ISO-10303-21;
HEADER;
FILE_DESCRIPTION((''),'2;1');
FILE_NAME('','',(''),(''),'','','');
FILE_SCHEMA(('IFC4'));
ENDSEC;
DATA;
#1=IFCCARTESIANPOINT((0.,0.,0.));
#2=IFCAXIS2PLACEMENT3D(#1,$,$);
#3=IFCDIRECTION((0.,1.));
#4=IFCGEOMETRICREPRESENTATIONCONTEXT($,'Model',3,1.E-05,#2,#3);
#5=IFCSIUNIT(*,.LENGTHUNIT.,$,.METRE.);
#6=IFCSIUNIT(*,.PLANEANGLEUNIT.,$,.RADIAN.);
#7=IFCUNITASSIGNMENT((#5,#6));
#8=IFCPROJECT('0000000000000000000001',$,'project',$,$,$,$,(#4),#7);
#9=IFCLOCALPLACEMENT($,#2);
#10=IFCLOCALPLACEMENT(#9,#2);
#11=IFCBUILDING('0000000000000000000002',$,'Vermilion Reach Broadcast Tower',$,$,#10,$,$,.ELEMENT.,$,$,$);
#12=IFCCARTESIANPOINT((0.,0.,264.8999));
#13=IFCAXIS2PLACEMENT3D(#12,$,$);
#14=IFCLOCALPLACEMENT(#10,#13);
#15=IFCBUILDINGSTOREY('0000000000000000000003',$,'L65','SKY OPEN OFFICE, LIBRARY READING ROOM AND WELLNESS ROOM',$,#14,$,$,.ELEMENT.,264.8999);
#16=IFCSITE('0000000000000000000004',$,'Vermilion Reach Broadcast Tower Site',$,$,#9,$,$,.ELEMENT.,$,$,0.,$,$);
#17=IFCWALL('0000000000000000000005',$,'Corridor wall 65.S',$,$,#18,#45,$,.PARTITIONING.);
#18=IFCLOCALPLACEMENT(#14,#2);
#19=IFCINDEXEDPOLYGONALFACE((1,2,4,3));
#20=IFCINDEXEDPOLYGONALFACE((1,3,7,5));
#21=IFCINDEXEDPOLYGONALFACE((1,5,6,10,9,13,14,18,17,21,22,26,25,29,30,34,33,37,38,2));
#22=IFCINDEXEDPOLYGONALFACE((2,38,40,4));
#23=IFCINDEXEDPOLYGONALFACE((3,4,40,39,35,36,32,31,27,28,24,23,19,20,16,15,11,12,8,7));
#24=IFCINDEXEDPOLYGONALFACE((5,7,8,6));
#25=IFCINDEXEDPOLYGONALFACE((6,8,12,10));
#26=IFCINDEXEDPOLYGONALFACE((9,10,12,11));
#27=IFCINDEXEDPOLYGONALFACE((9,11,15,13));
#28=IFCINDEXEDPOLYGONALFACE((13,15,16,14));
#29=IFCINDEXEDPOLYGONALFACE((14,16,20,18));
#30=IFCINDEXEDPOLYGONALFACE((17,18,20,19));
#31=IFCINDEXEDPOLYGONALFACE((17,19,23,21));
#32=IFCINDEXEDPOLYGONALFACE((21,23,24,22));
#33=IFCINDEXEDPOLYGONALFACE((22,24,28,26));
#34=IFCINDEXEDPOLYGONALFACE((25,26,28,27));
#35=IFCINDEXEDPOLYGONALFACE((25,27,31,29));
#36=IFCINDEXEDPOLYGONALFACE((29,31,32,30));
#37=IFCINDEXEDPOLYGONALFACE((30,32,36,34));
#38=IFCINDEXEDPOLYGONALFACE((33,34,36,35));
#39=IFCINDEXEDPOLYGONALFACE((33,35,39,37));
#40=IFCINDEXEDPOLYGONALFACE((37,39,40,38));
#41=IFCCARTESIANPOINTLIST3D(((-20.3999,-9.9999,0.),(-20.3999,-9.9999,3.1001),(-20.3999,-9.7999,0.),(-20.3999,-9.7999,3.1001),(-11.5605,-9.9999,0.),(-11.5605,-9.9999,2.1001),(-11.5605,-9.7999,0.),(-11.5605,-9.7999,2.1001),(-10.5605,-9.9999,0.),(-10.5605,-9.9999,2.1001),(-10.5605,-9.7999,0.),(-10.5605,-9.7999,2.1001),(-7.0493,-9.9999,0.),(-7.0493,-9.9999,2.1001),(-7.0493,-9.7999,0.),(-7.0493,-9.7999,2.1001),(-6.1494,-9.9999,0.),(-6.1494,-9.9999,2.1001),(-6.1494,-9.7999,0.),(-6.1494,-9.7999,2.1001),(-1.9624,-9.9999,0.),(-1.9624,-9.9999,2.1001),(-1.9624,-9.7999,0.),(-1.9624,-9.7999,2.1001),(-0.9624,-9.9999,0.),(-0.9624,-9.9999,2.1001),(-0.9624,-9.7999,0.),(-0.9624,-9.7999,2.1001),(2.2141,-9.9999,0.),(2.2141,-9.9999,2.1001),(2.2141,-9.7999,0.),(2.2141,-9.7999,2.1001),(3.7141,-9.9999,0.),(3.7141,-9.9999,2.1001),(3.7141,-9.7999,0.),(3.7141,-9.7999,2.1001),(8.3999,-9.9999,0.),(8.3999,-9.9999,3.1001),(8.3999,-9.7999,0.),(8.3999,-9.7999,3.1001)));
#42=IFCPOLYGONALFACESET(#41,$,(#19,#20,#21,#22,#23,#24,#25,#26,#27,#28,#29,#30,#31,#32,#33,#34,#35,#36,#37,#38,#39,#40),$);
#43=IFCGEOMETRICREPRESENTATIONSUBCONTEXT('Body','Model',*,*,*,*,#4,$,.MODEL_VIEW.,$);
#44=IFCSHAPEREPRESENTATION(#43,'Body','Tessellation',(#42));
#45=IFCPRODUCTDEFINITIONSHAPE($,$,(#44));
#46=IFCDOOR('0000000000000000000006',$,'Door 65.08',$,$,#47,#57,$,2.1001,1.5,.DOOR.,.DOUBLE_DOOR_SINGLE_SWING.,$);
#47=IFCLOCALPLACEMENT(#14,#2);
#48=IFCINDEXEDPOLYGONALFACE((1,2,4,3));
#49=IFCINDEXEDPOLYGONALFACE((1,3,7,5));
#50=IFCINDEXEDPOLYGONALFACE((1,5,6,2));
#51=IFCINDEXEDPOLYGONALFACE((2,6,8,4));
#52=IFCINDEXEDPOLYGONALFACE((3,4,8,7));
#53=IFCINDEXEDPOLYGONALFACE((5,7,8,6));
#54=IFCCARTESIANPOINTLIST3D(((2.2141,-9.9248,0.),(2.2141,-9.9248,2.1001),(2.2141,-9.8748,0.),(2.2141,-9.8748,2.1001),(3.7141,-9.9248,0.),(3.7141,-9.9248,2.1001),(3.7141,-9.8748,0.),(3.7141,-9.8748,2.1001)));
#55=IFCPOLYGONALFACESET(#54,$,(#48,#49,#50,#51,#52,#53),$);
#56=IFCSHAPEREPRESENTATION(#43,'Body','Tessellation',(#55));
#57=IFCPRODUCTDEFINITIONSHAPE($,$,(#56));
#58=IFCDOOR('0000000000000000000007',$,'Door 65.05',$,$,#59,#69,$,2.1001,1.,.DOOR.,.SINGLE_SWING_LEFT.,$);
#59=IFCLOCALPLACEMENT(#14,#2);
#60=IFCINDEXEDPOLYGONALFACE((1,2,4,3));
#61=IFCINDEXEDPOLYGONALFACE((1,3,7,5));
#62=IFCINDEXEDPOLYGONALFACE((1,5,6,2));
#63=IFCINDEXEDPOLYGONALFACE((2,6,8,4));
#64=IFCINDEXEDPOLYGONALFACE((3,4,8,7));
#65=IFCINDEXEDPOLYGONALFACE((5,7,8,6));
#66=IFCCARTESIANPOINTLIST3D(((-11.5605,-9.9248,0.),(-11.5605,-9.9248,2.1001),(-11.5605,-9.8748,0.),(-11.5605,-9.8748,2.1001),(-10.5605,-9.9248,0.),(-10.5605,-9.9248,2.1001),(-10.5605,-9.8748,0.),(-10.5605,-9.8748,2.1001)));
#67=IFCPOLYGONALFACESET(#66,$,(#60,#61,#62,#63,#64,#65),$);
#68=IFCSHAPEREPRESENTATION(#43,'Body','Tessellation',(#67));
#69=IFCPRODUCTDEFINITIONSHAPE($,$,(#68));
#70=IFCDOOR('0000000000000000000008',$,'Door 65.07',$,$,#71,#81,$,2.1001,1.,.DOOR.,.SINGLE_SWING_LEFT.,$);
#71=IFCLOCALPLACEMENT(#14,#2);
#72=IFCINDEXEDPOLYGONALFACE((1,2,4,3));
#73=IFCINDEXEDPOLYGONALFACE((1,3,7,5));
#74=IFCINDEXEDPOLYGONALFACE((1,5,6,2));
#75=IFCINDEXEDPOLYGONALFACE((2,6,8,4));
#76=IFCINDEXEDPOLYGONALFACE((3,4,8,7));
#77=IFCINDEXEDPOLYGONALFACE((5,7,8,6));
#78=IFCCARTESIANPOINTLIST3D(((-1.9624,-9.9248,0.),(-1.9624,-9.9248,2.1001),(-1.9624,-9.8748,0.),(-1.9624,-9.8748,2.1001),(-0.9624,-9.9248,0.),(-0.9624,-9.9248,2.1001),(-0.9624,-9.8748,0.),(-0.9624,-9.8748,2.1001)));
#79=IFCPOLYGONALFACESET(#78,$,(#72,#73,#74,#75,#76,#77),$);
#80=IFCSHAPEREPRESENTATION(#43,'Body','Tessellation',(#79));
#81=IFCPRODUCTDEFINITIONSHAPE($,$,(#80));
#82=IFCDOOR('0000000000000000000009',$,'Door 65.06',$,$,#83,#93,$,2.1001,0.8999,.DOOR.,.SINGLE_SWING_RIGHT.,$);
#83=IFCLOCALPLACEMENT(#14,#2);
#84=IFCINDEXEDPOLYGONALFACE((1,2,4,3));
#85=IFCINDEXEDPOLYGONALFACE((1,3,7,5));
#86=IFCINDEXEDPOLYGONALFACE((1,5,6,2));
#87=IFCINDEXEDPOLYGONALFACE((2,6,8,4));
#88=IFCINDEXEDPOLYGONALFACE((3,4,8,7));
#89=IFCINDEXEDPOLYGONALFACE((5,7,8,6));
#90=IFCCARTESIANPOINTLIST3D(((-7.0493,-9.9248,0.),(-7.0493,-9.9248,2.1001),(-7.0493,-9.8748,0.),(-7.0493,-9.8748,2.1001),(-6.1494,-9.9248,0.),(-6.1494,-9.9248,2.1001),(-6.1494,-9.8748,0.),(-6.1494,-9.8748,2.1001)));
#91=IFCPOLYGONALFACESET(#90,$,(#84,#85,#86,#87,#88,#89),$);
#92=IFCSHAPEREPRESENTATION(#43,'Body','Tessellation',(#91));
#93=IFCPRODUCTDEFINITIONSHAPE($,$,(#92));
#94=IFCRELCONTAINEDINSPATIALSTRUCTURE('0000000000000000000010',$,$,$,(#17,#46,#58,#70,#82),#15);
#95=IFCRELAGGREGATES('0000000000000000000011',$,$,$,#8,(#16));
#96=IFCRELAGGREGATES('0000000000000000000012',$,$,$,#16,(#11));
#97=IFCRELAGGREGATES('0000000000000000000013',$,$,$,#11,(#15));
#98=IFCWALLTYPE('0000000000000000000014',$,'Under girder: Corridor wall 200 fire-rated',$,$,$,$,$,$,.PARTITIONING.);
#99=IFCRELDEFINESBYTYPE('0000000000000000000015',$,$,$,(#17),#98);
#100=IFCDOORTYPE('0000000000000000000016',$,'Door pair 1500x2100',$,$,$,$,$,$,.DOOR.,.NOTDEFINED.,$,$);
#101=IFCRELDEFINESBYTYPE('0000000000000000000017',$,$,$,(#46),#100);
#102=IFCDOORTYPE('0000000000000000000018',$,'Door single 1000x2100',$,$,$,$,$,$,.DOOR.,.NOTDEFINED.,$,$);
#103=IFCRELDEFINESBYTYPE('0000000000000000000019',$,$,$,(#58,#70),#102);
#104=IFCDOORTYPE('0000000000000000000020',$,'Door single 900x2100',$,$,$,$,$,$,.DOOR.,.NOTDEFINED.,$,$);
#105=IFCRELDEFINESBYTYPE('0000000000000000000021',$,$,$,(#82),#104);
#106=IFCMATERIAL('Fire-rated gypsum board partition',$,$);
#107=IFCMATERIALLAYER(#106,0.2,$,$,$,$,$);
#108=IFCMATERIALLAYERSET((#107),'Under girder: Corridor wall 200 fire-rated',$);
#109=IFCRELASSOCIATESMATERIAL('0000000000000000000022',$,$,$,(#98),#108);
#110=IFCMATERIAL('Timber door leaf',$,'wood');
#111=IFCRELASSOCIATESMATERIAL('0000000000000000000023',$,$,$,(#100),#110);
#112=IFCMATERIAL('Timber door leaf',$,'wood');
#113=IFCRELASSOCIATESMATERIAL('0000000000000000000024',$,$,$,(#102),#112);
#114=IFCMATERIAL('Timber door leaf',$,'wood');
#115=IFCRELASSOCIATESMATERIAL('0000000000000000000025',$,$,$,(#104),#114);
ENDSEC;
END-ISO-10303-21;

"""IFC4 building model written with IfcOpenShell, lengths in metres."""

from ifc_helpers import new_model, si_unit, direction, frame, frame_2d, origin, place, context, subcontext, project, spatial, rectangle, extrude, material, layer, layer_set, type_object, element, fill, save


model = new_model("IFC4")

# Units and contexts
model_context = context("Model", 3, precision=1e-05, world=origin(), true_north=direction((0.0, 1.0)))
body_context = subcontext(model_context, "Body", "Model", "MODEL_VIEW")
ifc_project = project(units=[si_unit("LENGTHUNIT", "METRE"), si_unit("PLANEANGLEUNIT", "RADIAN")], contexts=[model_context])

# Site, building, storey
site_placement = place(None, origin())
site = spatial("IfcSite", under=ifc_project, at=site_placement, Name="Vermilion Reach Broadcast Tower Site", CompositionType="ELEMENT", RefElevation=0.0)
building_placement = place(site_placement, origin())
building = spatial("IfcBuilding", under=site, at=building_placement, Name="Vermilion Reach Broadcast Tower", CompositionType="ELEMENT")
storey_placement = place(building_placement, frame((0.0, 0.0, 264.8999)))
storey = spatial("IfcBuildingStorey", under=building, at=storey_placement, Name="L65", Description="SKY OPEN OFFICE, LIBRARY READING ROOM AND WELLNESS ROOM", CompositionType="ELEMENT", Elevation=264.8999)

# Wall, openings, doors
ifc_material_1 = material(Name="Fire-rated gypsum board partition")
ifc_layer_1 = layer(ifc_material_1, 0.2)
ifc_layer_set_1 = layer_set([ifc_layer_1], Name="Under girder: Corridor wall 200 fire-rated")
wall_type = type_object("IfcWallType", Name="Under girder: Corridor wall 200 fire-rated", PredefinedType="PARTITIONING", material=ifc_layer_set_1)
wall_placement = place(storey_placement, frame((8.3999, -9.8999, 0.0), z_axis=(0.0, 0.0, 1.0), x_axis=(-1.0, 0.0, 0.0)))
wall = element("IfcWall", 1, at=wall_placement, inside=storey, type_object=wall_type, Name="Corridor wall 65.S", PredefinedType="PARTITIONING", context=body_context, shape_type="SweptSolid", body=[
    extrude(rectangle(XDim=28.7998, YDim=0.2, at=frame_2d((14.3999, 0.0))), origin(), (0.0, 0.0, 1.0), 3.1001),
])
opening_1_placement = place(wall_placement, frame((18.9604, 0.0, 0.0)))
opening_1 = element("IfcOpeningElement", 2, at=opening_1_placement, cuts=wall, PredefinedType="OPENING", context=body_context, shape_type="SweptSolid", body=[
    extrude(rectangle(XDim=1.0, YDim=2.1001, at=frame_2d((0.5, 1.05))), frame((0.0, 0.1099, 0.0), z_axis=(0.0, -1.0, 0.0), x_axis=(1.0, 0.0, 0.0)), (0.0, 0.0, 1.0), 0.22),
])
opening_2_placement = place(wall_placement, frame((14.5493, 0.0, 0.0)))
opening_2 = element("IfcOpeningElement", 3, at=opening_2_placement, cuts=wall, PredefinedType="OPENING", context=body_context, shape_type="SweptSolid", body=[
    extrude(rectangle(XDim=0.8999, YDim=2.1001, at=frame_2d((0.45, 1.05))), frame((0.0, 0.1099, 0.0), z_axis=(0.0, -1.0, 0.0), x_axis=(1.0, 0.0, 0.0)), (0.0, 0.0, 1.0), 0.22),
])
opening_3_placement = place(wall_placement, frame((9.3623, 0.0, 0.0)))
opening_3 = element("IfcOpeningElement", 4, at=opening_3_placement, cuts=wall, PredefinedType="OPENING", context=body_context, shape_type="SweptSolid", body=[
    extrude(rectangle(XDim=1.0, YDim=2.1001, at=frame_2d((0.5, 1.05))), frame((0.0, 0.1099, 0.0), z_axis=(0.0, -1.0, 0.0), x_axis=(1.0, 0.0, 0.0)), (0.0, 0.0, 1.0), 0.22),
])
opening_4_placement = place(wall_placement, frame((4.6858, 0.0, 0.0)))
opening_4 = element("IfcOpeningElement", 5, at=opening_4_placement, cuts=wall, PredefinedType="OPENING", context=body_context, shape_type="SweptSolid", body=[
    extrude(rectangle(XDim=1.5, YDim=2.1001, at=frame_2d((0.75, 1.05))), frame((0.0, 0.1099, 0.0), z_axis=(0.0, -1.0, 0.0), x_axis=(1.0, 0.0, 0.0)), (0.0, 0.0, 1.0), 0.22),
])
ifc_material_2 = material(Name="Timber door leaf", Category="wood")
door_type_1 = type_object("IfcDoorType", Name="Door pair 1500x2100", OperationType="NOTDEFINED", PredefinedType="DOOR", material=ifc_material_2)
door_1_placement = place(opening_4_placement, origin())
door_1 = element("IfcDoor", 6, at=door_1_placement, inside=storey, type_object=door_type_1, Name="Door 65.08", OperationType="DOUBLE_DOOR_SINGLE_SWING", OverallHeight=2.1001, OverallWidth=1.5, PredefinedType="DOOR", context=body_context, shape_type="SweptSolid", body=[
    extrude(rectangle(XDim=1.5, YDim=2.1001, at=frame_2d((0.75, 1.05))), frame((0.0, 0.0249, 0.0), z_axis=(0.0, -1.0, 0.0), x_axis=(1.0, 0.0, 0.0)), (0.0, 0.0, 1.0), 0.05),
])
fill(opening_4, door_1)
ifc_material_3 = material(Name="Timber door leaf", Category="wood")
door_type_2 = type_object("IfcDoorType", Name="Door single 1000x2100", OperationType="NOTDEFINED", PredefinedType="DOOR", material=ifc_material_3)
door_2_placement = place(opening_1_placement, origin())
door_2 = element("IfcDoor", 7, at=door_2_placement, inside=storey, type_object=door_type_2, Name="Door 65.05", OperationType="SINGLE_SWING_LEFT", OverallHeight=2.1001, OverallWidth=1.0, PredefinedType="DOOR", context=body_context, shape_type="SweptSolid", body=[
    extrude(rectangle(XDim=1.0, YDim=2.1001, at=frame_2d((0.5, 1.05))), frame((0.0, 0.0249, 0.0), z_axis=(0.0, -1.0, 0.0), x_axis=(1.0, 0.0, 0.0)), (0.0, 0.0, 1.0), 0.05),
])
fill(opening_1, door_2)
door_3_placement = place(opening_3_placement, origin())
door_3 = element("IfcDoor", 8, at=door_3_placement, inside=storey, type_object=door_type_2, Name="Door 65.07", OperationType="SINGLE_SWING_LEFT", OverallHeight=2.1001, OverallWidth=1.0, PredefinedType="DOOR", context=body_context, shape_type="SweptSolid", body=[
    extrude(rectangle(XDim=1.0, YDim=2.1001, at=frame_2d((0.5, 1.05))), frame((0.0, 0.0249, 0.0), z_axis=(0.0, -1.0, 0.0), x_axis=(1.0, 0.0, 0.0)), (0.0, 0.0, 1.0), 0.05),
])
fill(opening_3, door_3)
ifc_material_4 = material(Name="Timber door leaf", Category="wood")
door_type_3 = type_object("IfcDoorType", Name="Door single 900x2100", OperationType="NOTDEFINED", PredefinedType="DOOR", material=ifc_material_4)
door_4_placement = place(opening_2_placement, origin())
door_4 = element("IfcDoor", 9, at=door_4_placement, inside=storey, type_object=door_type_3, Name="Door 65.06", OperationType="SINGLE_SWING_RIGHT", OverallHeight=2.1001, OverallWidth=0.8999, PredefinedType="DOOR", context=body_context, shape_type="SweptSolid", body=[
    extrude(rectangle(XDim=0.8999, YDim=2.1001, at=frame_2d((0.45, 1.05))), frame((0.0, 0.0249, 0.0), z_axis=(0.0, -1.0, 0.0), x_axis=(1.0, 0.0, 0.0)), (0.0, 0.0, 1.0), 0.05),
])
fill(opening_2, door_4)

save(model, "model.ifc")
